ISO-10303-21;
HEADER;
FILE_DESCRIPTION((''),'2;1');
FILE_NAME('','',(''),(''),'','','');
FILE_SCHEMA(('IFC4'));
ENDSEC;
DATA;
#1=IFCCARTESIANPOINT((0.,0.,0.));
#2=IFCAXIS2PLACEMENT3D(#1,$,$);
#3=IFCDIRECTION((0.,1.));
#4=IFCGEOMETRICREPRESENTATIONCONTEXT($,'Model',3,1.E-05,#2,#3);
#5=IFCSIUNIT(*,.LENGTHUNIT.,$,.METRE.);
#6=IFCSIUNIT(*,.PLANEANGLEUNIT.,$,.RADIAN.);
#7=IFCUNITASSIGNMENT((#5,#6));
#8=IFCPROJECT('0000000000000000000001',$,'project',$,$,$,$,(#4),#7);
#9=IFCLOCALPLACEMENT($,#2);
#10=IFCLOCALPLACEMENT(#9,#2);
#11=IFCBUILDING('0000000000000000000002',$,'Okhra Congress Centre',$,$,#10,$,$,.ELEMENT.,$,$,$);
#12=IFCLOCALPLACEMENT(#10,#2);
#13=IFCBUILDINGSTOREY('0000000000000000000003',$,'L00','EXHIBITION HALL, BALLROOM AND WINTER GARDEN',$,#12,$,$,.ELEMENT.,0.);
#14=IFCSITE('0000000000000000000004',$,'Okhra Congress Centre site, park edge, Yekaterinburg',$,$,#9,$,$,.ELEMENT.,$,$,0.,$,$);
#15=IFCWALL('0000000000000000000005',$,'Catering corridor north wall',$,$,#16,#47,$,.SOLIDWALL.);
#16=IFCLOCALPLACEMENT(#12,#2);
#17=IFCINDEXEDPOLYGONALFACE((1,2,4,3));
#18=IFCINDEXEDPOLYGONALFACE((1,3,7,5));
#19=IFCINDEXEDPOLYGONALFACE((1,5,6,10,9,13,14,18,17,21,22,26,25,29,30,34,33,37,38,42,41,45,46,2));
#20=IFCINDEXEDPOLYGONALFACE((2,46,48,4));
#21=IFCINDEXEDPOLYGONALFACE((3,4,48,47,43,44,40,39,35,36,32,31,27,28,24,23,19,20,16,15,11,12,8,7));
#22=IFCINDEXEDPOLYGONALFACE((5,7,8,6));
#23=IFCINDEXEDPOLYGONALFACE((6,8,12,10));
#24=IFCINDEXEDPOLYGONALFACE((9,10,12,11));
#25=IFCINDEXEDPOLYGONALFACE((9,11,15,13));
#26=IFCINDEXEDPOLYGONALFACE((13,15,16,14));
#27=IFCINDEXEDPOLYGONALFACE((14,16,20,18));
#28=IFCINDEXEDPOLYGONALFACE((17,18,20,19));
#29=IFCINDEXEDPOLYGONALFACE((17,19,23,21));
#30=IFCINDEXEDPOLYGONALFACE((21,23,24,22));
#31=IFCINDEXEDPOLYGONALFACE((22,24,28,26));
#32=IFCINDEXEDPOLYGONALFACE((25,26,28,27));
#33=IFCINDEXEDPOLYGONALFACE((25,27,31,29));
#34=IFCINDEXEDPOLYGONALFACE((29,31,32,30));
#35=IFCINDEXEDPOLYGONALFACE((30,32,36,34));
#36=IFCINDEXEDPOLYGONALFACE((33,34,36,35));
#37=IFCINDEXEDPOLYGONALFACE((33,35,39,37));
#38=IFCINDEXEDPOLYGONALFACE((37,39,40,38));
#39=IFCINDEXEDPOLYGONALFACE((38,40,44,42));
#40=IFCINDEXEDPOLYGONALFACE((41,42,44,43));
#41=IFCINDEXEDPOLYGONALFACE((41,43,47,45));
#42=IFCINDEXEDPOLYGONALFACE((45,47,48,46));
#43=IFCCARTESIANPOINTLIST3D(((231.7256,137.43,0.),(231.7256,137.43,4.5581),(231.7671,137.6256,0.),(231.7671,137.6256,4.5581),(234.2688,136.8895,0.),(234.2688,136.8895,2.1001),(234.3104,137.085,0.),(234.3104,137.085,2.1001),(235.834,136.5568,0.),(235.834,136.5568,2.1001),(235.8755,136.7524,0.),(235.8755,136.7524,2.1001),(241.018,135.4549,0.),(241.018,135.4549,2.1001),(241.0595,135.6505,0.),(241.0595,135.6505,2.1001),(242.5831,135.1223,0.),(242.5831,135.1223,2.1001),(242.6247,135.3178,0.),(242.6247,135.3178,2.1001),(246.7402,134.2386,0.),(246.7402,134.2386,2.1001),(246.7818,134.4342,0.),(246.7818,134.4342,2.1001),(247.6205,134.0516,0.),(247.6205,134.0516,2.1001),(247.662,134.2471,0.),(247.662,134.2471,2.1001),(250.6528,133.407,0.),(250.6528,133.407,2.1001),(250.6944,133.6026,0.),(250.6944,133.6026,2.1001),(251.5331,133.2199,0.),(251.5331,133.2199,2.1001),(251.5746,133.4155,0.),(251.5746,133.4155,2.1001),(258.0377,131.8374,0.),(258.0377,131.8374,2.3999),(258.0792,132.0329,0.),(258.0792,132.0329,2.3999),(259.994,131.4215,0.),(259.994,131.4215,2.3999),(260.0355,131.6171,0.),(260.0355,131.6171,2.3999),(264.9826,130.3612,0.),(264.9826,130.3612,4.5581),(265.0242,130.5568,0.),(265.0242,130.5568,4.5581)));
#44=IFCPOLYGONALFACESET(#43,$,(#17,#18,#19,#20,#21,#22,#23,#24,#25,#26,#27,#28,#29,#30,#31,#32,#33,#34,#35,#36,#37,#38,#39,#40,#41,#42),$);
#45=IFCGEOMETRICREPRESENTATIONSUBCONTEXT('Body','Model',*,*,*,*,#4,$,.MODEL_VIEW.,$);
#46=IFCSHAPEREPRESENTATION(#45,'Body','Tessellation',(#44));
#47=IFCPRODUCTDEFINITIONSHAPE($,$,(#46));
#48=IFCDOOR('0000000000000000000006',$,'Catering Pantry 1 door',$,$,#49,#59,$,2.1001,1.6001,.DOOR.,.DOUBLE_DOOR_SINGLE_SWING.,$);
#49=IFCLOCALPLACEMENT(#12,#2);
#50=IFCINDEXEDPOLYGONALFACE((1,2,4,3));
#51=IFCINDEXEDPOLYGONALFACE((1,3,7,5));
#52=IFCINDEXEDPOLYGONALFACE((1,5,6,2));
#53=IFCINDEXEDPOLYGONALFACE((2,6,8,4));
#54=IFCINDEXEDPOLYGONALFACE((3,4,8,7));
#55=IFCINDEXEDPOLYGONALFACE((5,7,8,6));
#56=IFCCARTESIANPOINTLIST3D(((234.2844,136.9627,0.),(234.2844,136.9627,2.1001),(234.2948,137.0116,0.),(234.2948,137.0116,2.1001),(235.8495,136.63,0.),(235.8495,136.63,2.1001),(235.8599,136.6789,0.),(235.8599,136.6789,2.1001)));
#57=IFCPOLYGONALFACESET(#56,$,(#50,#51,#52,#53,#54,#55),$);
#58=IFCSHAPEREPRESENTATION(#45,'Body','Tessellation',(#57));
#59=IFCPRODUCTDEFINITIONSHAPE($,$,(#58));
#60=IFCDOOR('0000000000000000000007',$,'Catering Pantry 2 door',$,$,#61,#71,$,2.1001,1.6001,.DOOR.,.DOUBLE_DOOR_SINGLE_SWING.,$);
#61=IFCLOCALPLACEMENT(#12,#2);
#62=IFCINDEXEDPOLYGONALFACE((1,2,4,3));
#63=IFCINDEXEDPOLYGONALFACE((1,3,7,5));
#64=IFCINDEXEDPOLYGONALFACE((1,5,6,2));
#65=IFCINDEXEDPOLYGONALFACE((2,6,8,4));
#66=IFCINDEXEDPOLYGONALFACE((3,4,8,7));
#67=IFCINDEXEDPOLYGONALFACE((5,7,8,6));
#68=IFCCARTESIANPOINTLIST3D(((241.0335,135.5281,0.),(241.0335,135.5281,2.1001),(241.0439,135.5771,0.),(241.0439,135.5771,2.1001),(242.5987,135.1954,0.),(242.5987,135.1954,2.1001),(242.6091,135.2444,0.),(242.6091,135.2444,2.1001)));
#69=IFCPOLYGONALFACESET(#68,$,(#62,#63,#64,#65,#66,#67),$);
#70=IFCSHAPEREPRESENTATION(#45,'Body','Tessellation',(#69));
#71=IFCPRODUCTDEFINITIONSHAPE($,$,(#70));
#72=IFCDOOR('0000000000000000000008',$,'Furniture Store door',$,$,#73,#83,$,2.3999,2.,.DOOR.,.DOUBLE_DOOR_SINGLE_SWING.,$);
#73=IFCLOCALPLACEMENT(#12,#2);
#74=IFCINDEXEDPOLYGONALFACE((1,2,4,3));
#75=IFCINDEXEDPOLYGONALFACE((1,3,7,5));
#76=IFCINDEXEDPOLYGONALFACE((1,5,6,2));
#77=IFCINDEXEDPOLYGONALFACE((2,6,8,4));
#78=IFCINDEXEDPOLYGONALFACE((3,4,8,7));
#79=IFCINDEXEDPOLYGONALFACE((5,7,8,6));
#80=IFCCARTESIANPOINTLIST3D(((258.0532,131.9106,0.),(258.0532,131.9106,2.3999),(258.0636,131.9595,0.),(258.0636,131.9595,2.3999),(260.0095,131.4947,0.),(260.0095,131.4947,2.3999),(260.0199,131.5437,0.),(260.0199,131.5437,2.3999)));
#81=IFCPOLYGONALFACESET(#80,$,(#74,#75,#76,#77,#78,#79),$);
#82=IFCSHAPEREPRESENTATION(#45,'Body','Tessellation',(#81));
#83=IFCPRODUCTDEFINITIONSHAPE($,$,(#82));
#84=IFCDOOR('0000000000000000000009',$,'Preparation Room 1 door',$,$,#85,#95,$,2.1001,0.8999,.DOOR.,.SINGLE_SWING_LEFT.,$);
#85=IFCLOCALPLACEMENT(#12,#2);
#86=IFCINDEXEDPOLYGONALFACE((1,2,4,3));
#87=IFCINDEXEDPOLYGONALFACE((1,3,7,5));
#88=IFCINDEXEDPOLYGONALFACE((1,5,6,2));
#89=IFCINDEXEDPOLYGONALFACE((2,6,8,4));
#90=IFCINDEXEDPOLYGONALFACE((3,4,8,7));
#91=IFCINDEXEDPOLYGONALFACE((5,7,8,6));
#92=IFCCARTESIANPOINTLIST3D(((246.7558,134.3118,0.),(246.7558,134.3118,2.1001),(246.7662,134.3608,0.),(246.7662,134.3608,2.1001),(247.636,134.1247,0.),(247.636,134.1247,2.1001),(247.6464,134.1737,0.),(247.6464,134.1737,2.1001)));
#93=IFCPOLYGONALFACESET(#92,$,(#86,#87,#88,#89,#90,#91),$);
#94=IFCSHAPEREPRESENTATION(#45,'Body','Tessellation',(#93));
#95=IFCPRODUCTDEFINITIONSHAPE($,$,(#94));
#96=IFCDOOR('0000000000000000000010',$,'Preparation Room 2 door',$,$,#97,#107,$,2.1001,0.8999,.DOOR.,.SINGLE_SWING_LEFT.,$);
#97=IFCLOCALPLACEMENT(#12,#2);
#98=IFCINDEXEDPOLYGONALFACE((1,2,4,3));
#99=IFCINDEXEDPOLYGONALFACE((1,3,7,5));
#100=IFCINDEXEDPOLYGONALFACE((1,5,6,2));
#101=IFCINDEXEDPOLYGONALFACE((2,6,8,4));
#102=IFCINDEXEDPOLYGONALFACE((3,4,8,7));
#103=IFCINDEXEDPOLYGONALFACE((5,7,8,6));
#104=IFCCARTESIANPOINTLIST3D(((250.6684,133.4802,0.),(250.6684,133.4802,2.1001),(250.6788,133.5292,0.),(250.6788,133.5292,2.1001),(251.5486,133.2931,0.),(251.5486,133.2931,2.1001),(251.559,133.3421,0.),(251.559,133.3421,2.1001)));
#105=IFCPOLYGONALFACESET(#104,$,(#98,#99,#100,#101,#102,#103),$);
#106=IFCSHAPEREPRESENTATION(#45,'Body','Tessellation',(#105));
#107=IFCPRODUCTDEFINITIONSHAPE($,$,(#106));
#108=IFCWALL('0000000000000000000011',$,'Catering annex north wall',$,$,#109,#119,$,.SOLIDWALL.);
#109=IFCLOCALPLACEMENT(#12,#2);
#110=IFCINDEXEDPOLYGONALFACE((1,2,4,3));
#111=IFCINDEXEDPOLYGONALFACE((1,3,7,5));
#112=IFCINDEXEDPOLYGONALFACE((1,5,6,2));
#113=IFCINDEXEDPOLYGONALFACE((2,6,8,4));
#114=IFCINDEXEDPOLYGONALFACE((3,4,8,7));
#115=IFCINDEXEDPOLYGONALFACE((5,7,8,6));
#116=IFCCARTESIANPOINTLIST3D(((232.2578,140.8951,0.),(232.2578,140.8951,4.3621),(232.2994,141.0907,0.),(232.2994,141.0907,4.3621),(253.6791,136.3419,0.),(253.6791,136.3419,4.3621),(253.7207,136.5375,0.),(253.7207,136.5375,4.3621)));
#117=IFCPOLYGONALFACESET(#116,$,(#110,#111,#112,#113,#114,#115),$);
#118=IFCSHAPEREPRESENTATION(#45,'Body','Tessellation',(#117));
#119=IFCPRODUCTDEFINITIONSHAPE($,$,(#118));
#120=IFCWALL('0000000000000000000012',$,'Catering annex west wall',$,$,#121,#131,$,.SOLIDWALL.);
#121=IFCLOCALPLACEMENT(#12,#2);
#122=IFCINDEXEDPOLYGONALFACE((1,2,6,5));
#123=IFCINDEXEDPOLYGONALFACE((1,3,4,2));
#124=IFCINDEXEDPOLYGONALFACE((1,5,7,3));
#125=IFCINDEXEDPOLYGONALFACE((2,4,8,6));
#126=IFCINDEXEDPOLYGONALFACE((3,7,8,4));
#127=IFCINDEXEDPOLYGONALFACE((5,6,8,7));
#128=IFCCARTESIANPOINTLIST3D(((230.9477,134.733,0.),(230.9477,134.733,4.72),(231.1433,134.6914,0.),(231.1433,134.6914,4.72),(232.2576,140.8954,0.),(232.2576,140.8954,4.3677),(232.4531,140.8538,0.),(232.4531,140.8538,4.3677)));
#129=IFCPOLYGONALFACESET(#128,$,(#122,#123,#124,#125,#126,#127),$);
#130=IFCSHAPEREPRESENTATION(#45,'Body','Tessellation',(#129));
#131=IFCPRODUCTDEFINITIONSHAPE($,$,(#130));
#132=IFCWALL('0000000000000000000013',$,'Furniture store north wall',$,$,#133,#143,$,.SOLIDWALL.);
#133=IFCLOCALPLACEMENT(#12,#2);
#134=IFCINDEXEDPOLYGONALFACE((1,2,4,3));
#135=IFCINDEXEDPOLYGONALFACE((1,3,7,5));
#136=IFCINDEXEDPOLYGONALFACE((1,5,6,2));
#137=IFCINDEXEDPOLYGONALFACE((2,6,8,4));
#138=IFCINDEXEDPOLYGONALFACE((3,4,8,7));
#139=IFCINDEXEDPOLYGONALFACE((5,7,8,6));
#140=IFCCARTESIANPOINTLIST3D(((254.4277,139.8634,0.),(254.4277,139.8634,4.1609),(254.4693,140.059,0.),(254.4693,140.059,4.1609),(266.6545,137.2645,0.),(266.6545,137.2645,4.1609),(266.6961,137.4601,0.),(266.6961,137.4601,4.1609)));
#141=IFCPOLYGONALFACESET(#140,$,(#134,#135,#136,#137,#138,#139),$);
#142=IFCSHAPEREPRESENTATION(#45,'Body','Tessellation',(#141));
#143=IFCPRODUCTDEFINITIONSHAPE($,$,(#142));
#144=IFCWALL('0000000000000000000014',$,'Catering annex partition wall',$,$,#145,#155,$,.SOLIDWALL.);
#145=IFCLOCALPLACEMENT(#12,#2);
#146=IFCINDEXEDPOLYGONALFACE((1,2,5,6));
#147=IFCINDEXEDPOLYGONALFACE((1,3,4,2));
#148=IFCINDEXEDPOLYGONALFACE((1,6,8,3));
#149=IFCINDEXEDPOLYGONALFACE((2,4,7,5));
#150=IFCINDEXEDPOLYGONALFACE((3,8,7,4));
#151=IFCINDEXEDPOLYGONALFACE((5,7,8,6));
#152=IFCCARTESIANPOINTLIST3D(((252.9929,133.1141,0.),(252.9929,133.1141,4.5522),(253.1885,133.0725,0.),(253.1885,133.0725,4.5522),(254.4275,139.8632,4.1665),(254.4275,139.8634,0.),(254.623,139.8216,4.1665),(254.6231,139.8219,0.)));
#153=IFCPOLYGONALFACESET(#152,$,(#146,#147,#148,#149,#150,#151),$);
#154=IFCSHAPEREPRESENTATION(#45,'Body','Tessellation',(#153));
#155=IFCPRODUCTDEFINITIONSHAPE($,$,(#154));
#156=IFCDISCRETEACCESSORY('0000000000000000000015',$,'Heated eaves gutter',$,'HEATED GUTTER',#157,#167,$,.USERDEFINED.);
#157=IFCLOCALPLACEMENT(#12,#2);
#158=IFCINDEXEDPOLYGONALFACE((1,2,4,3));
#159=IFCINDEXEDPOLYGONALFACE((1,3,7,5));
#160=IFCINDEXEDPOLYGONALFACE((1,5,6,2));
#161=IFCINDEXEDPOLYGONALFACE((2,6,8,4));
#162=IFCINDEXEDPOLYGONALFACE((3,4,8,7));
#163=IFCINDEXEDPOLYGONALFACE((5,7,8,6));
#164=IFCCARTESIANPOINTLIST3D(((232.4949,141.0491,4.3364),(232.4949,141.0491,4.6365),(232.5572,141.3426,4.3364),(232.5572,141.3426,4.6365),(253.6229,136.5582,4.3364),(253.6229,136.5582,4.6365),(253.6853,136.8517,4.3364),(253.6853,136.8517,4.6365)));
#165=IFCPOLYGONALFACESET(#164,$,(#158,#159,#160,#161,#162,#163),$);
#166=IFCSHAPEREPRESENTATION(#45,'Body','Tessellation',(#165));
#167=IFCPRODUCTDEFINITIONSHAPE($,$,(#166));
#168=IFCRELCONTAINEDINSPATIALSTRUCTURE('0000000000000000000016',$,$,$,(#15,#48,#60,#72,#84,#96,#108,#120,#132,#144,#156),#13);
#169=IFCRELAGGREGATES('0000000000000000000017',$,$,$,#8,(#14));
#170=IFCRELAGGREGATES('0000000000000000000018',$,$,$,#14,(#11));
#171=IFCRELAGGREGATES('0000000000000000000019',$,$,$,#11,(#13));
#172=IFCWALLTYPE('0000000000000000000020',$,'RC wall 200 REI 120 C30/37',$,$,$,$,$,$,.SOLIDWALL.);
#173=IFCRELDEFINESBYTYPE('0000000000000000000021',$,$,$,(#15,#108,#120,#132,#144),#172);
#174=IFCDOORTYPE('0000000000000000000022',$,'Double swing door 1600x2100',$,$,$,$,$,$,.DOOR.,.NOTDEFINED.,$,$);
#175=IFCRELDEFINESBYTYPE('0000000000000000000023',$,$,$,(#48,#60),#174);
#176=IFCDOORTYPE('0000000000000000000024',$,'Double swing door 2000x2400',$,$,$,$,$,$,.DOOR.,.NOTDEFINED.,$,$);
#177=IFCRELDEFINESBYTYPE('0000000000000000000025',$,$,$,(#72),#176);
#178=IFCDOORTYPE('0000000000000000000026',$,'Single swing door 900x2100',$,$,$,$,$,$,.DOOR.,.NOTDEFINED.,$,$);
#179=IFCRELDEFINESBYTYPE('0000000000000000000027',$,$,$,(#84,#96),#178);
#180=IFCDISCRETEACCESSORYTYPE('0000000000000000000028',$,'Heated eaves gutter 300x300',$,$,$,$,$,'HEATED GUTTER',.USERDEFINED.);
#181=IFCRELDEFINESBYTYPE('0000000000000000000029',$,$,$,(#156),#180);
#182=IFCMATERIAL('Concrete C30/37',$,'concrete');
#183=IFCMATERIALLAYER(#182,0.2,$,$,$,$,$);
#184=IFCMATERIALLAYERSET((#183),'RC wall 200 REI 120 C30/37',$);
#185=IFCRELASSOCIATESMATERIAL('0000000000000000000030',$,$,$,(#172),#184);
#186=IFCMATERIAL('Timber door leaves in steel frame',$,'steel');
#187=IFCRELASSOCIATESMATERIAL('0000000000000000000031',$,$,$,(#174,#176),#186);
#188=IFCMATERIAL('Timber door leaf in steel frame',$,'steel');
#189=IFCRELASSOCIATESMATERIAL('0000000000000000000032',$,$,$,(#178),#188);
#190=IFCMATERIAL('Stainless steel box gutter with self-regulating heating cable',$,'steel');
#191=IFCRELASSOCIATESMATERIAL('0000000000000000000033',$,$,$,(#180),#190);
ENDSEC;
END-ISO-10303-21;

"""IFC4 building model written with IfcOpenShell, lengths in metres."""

from ifc_helpers import new_model, si_unit, direction, frame, frame_2d, origin, origin_2d, place, context, subcontext, project, spatial, polyline, rectangle, outline, extrude, material, layer, layer_set, type_object, element, fill, save


model = new_model("IFC4")

# Units and contexts
model_context = context("Model", 3, precision=1e-05, world=origin(), true_north=direction((0.0, 1.0)))
body_context = subcontext(model_context, "Body", "Model", "MODEL_VIEW")
ifc_project = project(units=[si_unit("LENGTHUNIT", "METRE"), si_unit("PLANEANGLEUNIT", "RADIAN")], contexts=[model_context])

# Site, building, storey
site_placement = place(None, origin())
site = spatial("IfcSite", under=ifc_project, at=site_placement, Name="Okhra Congress Centre site, park edge, Yekaterinburg", CompositionType="ELEMENT", RefElevation=0.0)
building_placement = place(site_placement, origin())
building = spatial("IfcBuilding", under=site, at=building_placement, Name="Okhra Congress Centre", CompositionType="ELEMENT")
storey_placement = place(building_placement, origin())
storey = spatial("IfcBuildingStorey", under=building, at=storey_placement, Name="L00", Description="EXHIBITION HALL, BALLROOM AND WINTER GARDEN", CompositionType="ELEMENT", Elevation=0.0)

# Shared definitions
ifc_material_1 = material(Name="Concrete C30/37", Category="concrete")

# Shared definitions
ifc_material_2 = material(Name="Timber door leaves in steel frame", Category="steel")

# Wall, openings, doors
ifc_layer_1 = layer(ifc_material_1, 0.2)
ifc_layer_set_1 = layer_set([ifc_layer_1], Name="RC wall 200 REI 120 C30/37")
wall_type_1 = type_object("IfcWallType", Name="RC wall 200 REI 120 C30/37", PredefinedType="SOLIDWALL", material=ifc_layer_set_1)
wall_1_placement = place(storey_placement, frame((231.7463, 137.5278, 0.0), z_axis=(0.0, 0.0, 1.0), x_axis=(0.978149, -0.207907, 0.0)))
wall_1 = element("IfcWall", 1, at=wall_1_placement, inside=storey, type_object=wall_type_1, Name="Catering corridor north wall", PredefinedType="SOLIDWALL", context=body_context, shape_type="SweptSolid", body=[
    extrude(rectangle(XDim=34.0, YDim=0.2, at=frame_2d((17.0, 0.0))), origin(), (0.0, 0.0, 1.0), 4.5581),
])
opening_1_placement = place(wall_1_placement, frame((2.6001, 0.0, 0.0)))
opening_1 = element("IfcOpeningElement", 2, at=opening_1_placement, cuts=wall_1, PredefinedType="OPENING", context=body_context, shape_type="SweptSolid", body=[
    extrude(rectangle(XDim=1.6001, YDim=2.1001, at=frame_2d((0.8, 1.05))), frame((0.0, 0.1099, 0.0), z_axis=(0.0, -1.0, 0.0), x_axis=(1.0, 0.0, 0.0)), (0.0, 0.0, 1.0), 0.22),
])
opening_2_placement = place(wall_1_placement, frame((9.5, 0.0, 0.0)))
opening_2 = element("IfcOpeningElement", 3, at=opening_2_placement, cuts=wall_1, PredefinedType="OPENING", context=body_context, shape_type="SweptSolid", body=[
    extrude(rectangle(XDim=1.6001, YDim=2.1001, at=frame_2d((0.8, 1.05))), frame((0.0, 0.1099, 0.0), z_axis=(0.0, -1.0, 0.0), x_axis=(1.0, 0.0, 0.0)), (0.0, 0.0, 1.0), 0.22),
])
opening_3_placement = place(wall_1_placement, frame((15.3501, 0.0, 0.0)))
opening_3 = element("IfcOpeningElement", 4, at=opening_3_placement, cuts=wall_1, PredefinedType="OPENING", context=body_context, shape_type="SweptSolid", body=[
    extrude(rectangle(XDim=0.8999, YDim=2.1001, at=frame_2d((0.45, 1.05))), frame((0.0, 0.1099, 0.0), z_axis=(0.0, -1.0, 0.0), x_axis=(1.0, 0.0, 0.0)), (0.0, 0.0, 1.0), 0.22),
])
opening_4_placement = place(wall_1_placement, frame((19.3501, 0.0, 0.0)))
opening_4 = element("IfcOpeningElement", 5, at=opening_4_placement, cuts=wall_1, PredefinedType="OPENING", context=body_context, shape_type="SweptSolid", body=[
    extrude(rectangle(XDim=0.8999, YDim=2.1001, at=frame_2d((0.45, 1.05))), frame((0.0, 0.1099, 0.0), z_axis=(0.0, -1.0, 0.0), x_axis=(1.0, 0.0, 0.0)), (0.0, 0.0, 1.0), 0.22),
])
opening_5_placement = place(wall_1_placement, frame((26.8999, 0.0, 0.0)))
opening_5 = element("IfcOpeningElement", 6, at=opening_5_placement, cuts=wall_1, PredefinedType="OPENING", context=body_context, shape_type="SweptSolid", body=[
    extrude(rectangle(XDim=2.0, YDim=2.3999, at=frame_2d((1.0, 1.2))), frame((0.0, 0.1099, 0.0), z_axis=(0.0, -1.0, 0.0), x_axis=(1.0, 0.0, 0.0)), (0.0, 0.0, 1.0), 0.22),
])
door_type_1 = type_object("IfcDoorType", Name="Double swing door 1600x2100", OperationType="NOTDEFINED", PredefinedType="DOOR", material=ifc_material_2)
door_1_placement = place(opening_1_placement, origin())
door_1 = element("IfcDoor", 7, at=door_1_placement, inside=storey, type_object=door_type_1, Name="Catering Pantry 1 door", OperationType="DOUBLE_DOOR_SINGLE_SWING", OverallHeight=2.1001, OverallWidth=1.6001, PredefinedType="DOOR", context=body_context, shape_type="SweptSolid", body=[
    extrude(rectangle(XDim=1.6001, YDim=2.1001, at=frame_2d((0.8, 1.05))), frame((0.0, 0.0249, 0.0), z_axis=(0.0, -1.0, 0.0), x_axis=(1.0, 0.0, 0.0)), (0.0, 0.0, 1.0), 0.05),
])
fill(opening_1, door_1)
door_2_placement = place(opening_2_placement, origin())
door_2 = element("IfcDoor", 8, at=door_2_placement, inside=storey, type_object=door_type_1, Name="Catering Pantry 2 door", OperationType="DOUBLE_DOOR_SINGLE_SWING", OverallHeight=2.1001, OverallWidth=1.6001, PredefinedType="DOOR", context=body_context, shape_type="SweptSolid", body=[
    extrude(rectangle(XDim=1.6001, YDim=2.1001, at=frame_2d((0.8, 1.05))), frame((0.0, 0.0249, 0.0), z_axis=(0.0, -1.0, 0.0), x_axis=(1.0, 0.0, 0.0)), (0.0, 0.0, 1.0), 0.05),
])
fill(opening_2, door_2)
door_type_2 = type_object("IfcDoorType", Name="Double swing door 2000x2400", OperationType="NOTDEFINED", PredefinedType="DOOR", material=ifc_material_2)
door_3_placement = place(opening_5_placement, origin())
door_3 = element("IfcDoor", 9, at=door_3_placement, inside=storey, type_object=door_type_2, Name="Furniture Store door", OperationType="DOUBLE_DOOR_SINGLE_SWING", OverallHeight=2.3999, OverallWidth=2.0, PredefinedType="DOOR", context=body_context, shape_type="SweptSolid", body=[
    extrude(rectangle(XDim=2.0, YDim=2.3999, at=frame_2d((1.0, 1.2))), frame((0.0, 0.0249, 0.0), z_axis=(0.0, -1.0, 0.0), x_axis=(1.0, 0.0, 0.0)), (0.0, 0.0, 1.0), 0.05),
])
fill(opening_5, door_3)
ifc_material_3 = material(Name="Timber door leaf in steel frame", Category="steel")
door_type_3 = type_object("IfcDoorType", Name="Single swing door 900x2100", OperationType="NOTDEFINED", PredefinedType="DOOR", material=ifc_material_3)
door_4_placement = place(opening_3_placement, origin())
door_4 = element("IfcDoor", 10, at=door_4_placement, inside=storey, type_object=door_type_3, Name="Preparation Room 1 door", OperationType="SINGLE_SWING_LEFT", OverallHeight=2.1001, OverallWidth=0.8999, PredefinedType="DOOR", context=body_context, shape_type="SweptSolid", body=[
    extrude(rectangle(XDim=0.8999, YDim=2.1001, at=frame_2d((0.45, 1.05))), frame((0.0, 0.0249, 0.0), z_axis=(0.0, -1.0, 0.0), x_axis=(1.0, 0.0, 0.0)), (0.0, 0.0, 1.0), 0.05),
])
fill(opening_3, door_4)
door_5_placement = place(opening_4_placement, origin())
door_5 = element("IfcDoor", 11, at=door_5_placement, inside=storey, type_object=door_type_3, Name="Preparation Room 2 door", OperationType="SINGLE_SWING_LEFT", OverallHeight=2.1001, OverallWidth=0.8999, PredefinedType="DOOR", context=body_context, shape_type="SweptSolid", body=[
    extrude(rectangle(XDim=0.8999, YDim=2.1001, at=frame_2d((0.45, 1.05))), frame((0.0, 0.0249, 0.0), z_axis=(0.0, -1.0, 0.0), x_axis=(1.0, 0.0, 0.0)), (0.0, 0.0, 1.0), 0.05),
])
fill(opening_4, door_5)

# Walls
wall_2_placement = place(storey_placement, frame((232.2786, 140.9929, 0.0), z_axis=(0.0, 0.0, 1.0), x_axis=(0.978148, -0.20791, 0.0)))
element("IfcWall", 12, at=wall_2_placement, inside=storey, type_object=wall_type_1, Name="Catering annex north wall", PredefinedType="SOLIDWALL", context=body_context, shape_type="SweptSolid", body=[
    extrude(rectangle(XDim=21.8999, YDim=0.2, at=frame_2d((10.95, 0.0))), origin(), (0.0, 0.0, 1.0), 4.3621),
])
wall_3_placement = place(storey_placement, frame((231.0457, 134.7122, 0.0), z_axis=(0.0, 0.0, 1.0), x_axis=(0.207906, 0.978149, 0.0)))
element("IfcWall", 13, at=wall_3_placement, inside=storey, type_object=wall_type_1, Name="Catering annex west wall", PredefinedType="SOLIDWALL", context=body_context, shape_type="SweptSolid", body=[
    extrude(outline(polyline([(0.0, 0.0), (6.3, 0.0), (6.3, 4.3677), (0.0, 4.72), (0.0, 0.0)])), frame((0.0, 0.1001, 0.0), z_axis=(0.0, -1.0, 0.0), x_axis=(1.0, 0.0, 0.0)), (0.0, 0.0, 1.0), 0.2),
])

# Walls
wall_4_placement = place(storey_placement, frame((254.4485, 139.9612, 0.0), z_axis=(0.0, 0.0, 1.0), x_axis=(0.978148, -0.207911, 0.0)))
element("IfcWall", 14, at=wall_4_placement, inside=storey, type_object=wall_type_1, Name="Furniture store north wall", PredefinedType="SOLIDWALL", context=body_context, shape_type="SweptSolid", body=[
    extrude(rectangle(XDim=12.5, YDim=0.2, at=frame_2d((6.25, 0.0))), origin(), (0.0, 0.0, 1.0), 4.1609),
])
wall_5_placement = place(storey_placement, frame((253.0908, 133.0933, 0.0), z_axis=(0.0, 0.0, 1.0), x_axis=(0.207907, 0.978149, 0.0)))
element("IfcWall", 15, at=wall_5_placement, inside=storey, type_object=wall_type_1, Name="Catering annex partition wall", PredefinedType="SOLIDWALL", context=body_context, shape_type="SweptSolid", body=[
    extrude(outline(polyline([(0.0, 0.0), (6.9001, 0.0), (6.8999, 4.1665), (0.0, 4.5522), (0.0, 0.0)])), frame((0.0, 0.1001, 0.0), z_axis=(0.0, -1.0, 0.0), x_axis=(1.0, 0.0, 0.0)), (0.0, 0.0, 1.0), 0.2),
])

# Discrete accessory
ifc_material_4 = material(Name="Stainless steel box gutter with self-regulating heating cable", Category="steel")
discrete_accessory_type_1 = type_object("IfcDiscreteAccessoryType", Name="Heated eaves gutter 300x300", ElementType="HEATED GUTTER", PredefinedType="USERDEFINED", material=ifc_material_4)
discrete_accessory_1_placement = place(storey_placement, frame((243.0901, 138.9504, 4.3364), z_axis=(0.0, 0.0, 1.0), x_axis=(0.978148, -0.207912, 0.0)))
element("IfcDiscreteAccessory", 16, at=discrete_accessory_1_placement, inside=storey, type_object=discrete_accessory_type_1, Name="Heated eaves gutter", ObjectType="HEATED GUTTER", PredefinedType="USERDEFINED", context=body_context, shape_type="SweptSolid", body=[
    extrude(rectangle(XDim=21.6001, YDim=0.3, at=origin_2d()), origin(), (0.0, 0.0, 1.0), 0.3),
])

save(model, "model.ifc")
